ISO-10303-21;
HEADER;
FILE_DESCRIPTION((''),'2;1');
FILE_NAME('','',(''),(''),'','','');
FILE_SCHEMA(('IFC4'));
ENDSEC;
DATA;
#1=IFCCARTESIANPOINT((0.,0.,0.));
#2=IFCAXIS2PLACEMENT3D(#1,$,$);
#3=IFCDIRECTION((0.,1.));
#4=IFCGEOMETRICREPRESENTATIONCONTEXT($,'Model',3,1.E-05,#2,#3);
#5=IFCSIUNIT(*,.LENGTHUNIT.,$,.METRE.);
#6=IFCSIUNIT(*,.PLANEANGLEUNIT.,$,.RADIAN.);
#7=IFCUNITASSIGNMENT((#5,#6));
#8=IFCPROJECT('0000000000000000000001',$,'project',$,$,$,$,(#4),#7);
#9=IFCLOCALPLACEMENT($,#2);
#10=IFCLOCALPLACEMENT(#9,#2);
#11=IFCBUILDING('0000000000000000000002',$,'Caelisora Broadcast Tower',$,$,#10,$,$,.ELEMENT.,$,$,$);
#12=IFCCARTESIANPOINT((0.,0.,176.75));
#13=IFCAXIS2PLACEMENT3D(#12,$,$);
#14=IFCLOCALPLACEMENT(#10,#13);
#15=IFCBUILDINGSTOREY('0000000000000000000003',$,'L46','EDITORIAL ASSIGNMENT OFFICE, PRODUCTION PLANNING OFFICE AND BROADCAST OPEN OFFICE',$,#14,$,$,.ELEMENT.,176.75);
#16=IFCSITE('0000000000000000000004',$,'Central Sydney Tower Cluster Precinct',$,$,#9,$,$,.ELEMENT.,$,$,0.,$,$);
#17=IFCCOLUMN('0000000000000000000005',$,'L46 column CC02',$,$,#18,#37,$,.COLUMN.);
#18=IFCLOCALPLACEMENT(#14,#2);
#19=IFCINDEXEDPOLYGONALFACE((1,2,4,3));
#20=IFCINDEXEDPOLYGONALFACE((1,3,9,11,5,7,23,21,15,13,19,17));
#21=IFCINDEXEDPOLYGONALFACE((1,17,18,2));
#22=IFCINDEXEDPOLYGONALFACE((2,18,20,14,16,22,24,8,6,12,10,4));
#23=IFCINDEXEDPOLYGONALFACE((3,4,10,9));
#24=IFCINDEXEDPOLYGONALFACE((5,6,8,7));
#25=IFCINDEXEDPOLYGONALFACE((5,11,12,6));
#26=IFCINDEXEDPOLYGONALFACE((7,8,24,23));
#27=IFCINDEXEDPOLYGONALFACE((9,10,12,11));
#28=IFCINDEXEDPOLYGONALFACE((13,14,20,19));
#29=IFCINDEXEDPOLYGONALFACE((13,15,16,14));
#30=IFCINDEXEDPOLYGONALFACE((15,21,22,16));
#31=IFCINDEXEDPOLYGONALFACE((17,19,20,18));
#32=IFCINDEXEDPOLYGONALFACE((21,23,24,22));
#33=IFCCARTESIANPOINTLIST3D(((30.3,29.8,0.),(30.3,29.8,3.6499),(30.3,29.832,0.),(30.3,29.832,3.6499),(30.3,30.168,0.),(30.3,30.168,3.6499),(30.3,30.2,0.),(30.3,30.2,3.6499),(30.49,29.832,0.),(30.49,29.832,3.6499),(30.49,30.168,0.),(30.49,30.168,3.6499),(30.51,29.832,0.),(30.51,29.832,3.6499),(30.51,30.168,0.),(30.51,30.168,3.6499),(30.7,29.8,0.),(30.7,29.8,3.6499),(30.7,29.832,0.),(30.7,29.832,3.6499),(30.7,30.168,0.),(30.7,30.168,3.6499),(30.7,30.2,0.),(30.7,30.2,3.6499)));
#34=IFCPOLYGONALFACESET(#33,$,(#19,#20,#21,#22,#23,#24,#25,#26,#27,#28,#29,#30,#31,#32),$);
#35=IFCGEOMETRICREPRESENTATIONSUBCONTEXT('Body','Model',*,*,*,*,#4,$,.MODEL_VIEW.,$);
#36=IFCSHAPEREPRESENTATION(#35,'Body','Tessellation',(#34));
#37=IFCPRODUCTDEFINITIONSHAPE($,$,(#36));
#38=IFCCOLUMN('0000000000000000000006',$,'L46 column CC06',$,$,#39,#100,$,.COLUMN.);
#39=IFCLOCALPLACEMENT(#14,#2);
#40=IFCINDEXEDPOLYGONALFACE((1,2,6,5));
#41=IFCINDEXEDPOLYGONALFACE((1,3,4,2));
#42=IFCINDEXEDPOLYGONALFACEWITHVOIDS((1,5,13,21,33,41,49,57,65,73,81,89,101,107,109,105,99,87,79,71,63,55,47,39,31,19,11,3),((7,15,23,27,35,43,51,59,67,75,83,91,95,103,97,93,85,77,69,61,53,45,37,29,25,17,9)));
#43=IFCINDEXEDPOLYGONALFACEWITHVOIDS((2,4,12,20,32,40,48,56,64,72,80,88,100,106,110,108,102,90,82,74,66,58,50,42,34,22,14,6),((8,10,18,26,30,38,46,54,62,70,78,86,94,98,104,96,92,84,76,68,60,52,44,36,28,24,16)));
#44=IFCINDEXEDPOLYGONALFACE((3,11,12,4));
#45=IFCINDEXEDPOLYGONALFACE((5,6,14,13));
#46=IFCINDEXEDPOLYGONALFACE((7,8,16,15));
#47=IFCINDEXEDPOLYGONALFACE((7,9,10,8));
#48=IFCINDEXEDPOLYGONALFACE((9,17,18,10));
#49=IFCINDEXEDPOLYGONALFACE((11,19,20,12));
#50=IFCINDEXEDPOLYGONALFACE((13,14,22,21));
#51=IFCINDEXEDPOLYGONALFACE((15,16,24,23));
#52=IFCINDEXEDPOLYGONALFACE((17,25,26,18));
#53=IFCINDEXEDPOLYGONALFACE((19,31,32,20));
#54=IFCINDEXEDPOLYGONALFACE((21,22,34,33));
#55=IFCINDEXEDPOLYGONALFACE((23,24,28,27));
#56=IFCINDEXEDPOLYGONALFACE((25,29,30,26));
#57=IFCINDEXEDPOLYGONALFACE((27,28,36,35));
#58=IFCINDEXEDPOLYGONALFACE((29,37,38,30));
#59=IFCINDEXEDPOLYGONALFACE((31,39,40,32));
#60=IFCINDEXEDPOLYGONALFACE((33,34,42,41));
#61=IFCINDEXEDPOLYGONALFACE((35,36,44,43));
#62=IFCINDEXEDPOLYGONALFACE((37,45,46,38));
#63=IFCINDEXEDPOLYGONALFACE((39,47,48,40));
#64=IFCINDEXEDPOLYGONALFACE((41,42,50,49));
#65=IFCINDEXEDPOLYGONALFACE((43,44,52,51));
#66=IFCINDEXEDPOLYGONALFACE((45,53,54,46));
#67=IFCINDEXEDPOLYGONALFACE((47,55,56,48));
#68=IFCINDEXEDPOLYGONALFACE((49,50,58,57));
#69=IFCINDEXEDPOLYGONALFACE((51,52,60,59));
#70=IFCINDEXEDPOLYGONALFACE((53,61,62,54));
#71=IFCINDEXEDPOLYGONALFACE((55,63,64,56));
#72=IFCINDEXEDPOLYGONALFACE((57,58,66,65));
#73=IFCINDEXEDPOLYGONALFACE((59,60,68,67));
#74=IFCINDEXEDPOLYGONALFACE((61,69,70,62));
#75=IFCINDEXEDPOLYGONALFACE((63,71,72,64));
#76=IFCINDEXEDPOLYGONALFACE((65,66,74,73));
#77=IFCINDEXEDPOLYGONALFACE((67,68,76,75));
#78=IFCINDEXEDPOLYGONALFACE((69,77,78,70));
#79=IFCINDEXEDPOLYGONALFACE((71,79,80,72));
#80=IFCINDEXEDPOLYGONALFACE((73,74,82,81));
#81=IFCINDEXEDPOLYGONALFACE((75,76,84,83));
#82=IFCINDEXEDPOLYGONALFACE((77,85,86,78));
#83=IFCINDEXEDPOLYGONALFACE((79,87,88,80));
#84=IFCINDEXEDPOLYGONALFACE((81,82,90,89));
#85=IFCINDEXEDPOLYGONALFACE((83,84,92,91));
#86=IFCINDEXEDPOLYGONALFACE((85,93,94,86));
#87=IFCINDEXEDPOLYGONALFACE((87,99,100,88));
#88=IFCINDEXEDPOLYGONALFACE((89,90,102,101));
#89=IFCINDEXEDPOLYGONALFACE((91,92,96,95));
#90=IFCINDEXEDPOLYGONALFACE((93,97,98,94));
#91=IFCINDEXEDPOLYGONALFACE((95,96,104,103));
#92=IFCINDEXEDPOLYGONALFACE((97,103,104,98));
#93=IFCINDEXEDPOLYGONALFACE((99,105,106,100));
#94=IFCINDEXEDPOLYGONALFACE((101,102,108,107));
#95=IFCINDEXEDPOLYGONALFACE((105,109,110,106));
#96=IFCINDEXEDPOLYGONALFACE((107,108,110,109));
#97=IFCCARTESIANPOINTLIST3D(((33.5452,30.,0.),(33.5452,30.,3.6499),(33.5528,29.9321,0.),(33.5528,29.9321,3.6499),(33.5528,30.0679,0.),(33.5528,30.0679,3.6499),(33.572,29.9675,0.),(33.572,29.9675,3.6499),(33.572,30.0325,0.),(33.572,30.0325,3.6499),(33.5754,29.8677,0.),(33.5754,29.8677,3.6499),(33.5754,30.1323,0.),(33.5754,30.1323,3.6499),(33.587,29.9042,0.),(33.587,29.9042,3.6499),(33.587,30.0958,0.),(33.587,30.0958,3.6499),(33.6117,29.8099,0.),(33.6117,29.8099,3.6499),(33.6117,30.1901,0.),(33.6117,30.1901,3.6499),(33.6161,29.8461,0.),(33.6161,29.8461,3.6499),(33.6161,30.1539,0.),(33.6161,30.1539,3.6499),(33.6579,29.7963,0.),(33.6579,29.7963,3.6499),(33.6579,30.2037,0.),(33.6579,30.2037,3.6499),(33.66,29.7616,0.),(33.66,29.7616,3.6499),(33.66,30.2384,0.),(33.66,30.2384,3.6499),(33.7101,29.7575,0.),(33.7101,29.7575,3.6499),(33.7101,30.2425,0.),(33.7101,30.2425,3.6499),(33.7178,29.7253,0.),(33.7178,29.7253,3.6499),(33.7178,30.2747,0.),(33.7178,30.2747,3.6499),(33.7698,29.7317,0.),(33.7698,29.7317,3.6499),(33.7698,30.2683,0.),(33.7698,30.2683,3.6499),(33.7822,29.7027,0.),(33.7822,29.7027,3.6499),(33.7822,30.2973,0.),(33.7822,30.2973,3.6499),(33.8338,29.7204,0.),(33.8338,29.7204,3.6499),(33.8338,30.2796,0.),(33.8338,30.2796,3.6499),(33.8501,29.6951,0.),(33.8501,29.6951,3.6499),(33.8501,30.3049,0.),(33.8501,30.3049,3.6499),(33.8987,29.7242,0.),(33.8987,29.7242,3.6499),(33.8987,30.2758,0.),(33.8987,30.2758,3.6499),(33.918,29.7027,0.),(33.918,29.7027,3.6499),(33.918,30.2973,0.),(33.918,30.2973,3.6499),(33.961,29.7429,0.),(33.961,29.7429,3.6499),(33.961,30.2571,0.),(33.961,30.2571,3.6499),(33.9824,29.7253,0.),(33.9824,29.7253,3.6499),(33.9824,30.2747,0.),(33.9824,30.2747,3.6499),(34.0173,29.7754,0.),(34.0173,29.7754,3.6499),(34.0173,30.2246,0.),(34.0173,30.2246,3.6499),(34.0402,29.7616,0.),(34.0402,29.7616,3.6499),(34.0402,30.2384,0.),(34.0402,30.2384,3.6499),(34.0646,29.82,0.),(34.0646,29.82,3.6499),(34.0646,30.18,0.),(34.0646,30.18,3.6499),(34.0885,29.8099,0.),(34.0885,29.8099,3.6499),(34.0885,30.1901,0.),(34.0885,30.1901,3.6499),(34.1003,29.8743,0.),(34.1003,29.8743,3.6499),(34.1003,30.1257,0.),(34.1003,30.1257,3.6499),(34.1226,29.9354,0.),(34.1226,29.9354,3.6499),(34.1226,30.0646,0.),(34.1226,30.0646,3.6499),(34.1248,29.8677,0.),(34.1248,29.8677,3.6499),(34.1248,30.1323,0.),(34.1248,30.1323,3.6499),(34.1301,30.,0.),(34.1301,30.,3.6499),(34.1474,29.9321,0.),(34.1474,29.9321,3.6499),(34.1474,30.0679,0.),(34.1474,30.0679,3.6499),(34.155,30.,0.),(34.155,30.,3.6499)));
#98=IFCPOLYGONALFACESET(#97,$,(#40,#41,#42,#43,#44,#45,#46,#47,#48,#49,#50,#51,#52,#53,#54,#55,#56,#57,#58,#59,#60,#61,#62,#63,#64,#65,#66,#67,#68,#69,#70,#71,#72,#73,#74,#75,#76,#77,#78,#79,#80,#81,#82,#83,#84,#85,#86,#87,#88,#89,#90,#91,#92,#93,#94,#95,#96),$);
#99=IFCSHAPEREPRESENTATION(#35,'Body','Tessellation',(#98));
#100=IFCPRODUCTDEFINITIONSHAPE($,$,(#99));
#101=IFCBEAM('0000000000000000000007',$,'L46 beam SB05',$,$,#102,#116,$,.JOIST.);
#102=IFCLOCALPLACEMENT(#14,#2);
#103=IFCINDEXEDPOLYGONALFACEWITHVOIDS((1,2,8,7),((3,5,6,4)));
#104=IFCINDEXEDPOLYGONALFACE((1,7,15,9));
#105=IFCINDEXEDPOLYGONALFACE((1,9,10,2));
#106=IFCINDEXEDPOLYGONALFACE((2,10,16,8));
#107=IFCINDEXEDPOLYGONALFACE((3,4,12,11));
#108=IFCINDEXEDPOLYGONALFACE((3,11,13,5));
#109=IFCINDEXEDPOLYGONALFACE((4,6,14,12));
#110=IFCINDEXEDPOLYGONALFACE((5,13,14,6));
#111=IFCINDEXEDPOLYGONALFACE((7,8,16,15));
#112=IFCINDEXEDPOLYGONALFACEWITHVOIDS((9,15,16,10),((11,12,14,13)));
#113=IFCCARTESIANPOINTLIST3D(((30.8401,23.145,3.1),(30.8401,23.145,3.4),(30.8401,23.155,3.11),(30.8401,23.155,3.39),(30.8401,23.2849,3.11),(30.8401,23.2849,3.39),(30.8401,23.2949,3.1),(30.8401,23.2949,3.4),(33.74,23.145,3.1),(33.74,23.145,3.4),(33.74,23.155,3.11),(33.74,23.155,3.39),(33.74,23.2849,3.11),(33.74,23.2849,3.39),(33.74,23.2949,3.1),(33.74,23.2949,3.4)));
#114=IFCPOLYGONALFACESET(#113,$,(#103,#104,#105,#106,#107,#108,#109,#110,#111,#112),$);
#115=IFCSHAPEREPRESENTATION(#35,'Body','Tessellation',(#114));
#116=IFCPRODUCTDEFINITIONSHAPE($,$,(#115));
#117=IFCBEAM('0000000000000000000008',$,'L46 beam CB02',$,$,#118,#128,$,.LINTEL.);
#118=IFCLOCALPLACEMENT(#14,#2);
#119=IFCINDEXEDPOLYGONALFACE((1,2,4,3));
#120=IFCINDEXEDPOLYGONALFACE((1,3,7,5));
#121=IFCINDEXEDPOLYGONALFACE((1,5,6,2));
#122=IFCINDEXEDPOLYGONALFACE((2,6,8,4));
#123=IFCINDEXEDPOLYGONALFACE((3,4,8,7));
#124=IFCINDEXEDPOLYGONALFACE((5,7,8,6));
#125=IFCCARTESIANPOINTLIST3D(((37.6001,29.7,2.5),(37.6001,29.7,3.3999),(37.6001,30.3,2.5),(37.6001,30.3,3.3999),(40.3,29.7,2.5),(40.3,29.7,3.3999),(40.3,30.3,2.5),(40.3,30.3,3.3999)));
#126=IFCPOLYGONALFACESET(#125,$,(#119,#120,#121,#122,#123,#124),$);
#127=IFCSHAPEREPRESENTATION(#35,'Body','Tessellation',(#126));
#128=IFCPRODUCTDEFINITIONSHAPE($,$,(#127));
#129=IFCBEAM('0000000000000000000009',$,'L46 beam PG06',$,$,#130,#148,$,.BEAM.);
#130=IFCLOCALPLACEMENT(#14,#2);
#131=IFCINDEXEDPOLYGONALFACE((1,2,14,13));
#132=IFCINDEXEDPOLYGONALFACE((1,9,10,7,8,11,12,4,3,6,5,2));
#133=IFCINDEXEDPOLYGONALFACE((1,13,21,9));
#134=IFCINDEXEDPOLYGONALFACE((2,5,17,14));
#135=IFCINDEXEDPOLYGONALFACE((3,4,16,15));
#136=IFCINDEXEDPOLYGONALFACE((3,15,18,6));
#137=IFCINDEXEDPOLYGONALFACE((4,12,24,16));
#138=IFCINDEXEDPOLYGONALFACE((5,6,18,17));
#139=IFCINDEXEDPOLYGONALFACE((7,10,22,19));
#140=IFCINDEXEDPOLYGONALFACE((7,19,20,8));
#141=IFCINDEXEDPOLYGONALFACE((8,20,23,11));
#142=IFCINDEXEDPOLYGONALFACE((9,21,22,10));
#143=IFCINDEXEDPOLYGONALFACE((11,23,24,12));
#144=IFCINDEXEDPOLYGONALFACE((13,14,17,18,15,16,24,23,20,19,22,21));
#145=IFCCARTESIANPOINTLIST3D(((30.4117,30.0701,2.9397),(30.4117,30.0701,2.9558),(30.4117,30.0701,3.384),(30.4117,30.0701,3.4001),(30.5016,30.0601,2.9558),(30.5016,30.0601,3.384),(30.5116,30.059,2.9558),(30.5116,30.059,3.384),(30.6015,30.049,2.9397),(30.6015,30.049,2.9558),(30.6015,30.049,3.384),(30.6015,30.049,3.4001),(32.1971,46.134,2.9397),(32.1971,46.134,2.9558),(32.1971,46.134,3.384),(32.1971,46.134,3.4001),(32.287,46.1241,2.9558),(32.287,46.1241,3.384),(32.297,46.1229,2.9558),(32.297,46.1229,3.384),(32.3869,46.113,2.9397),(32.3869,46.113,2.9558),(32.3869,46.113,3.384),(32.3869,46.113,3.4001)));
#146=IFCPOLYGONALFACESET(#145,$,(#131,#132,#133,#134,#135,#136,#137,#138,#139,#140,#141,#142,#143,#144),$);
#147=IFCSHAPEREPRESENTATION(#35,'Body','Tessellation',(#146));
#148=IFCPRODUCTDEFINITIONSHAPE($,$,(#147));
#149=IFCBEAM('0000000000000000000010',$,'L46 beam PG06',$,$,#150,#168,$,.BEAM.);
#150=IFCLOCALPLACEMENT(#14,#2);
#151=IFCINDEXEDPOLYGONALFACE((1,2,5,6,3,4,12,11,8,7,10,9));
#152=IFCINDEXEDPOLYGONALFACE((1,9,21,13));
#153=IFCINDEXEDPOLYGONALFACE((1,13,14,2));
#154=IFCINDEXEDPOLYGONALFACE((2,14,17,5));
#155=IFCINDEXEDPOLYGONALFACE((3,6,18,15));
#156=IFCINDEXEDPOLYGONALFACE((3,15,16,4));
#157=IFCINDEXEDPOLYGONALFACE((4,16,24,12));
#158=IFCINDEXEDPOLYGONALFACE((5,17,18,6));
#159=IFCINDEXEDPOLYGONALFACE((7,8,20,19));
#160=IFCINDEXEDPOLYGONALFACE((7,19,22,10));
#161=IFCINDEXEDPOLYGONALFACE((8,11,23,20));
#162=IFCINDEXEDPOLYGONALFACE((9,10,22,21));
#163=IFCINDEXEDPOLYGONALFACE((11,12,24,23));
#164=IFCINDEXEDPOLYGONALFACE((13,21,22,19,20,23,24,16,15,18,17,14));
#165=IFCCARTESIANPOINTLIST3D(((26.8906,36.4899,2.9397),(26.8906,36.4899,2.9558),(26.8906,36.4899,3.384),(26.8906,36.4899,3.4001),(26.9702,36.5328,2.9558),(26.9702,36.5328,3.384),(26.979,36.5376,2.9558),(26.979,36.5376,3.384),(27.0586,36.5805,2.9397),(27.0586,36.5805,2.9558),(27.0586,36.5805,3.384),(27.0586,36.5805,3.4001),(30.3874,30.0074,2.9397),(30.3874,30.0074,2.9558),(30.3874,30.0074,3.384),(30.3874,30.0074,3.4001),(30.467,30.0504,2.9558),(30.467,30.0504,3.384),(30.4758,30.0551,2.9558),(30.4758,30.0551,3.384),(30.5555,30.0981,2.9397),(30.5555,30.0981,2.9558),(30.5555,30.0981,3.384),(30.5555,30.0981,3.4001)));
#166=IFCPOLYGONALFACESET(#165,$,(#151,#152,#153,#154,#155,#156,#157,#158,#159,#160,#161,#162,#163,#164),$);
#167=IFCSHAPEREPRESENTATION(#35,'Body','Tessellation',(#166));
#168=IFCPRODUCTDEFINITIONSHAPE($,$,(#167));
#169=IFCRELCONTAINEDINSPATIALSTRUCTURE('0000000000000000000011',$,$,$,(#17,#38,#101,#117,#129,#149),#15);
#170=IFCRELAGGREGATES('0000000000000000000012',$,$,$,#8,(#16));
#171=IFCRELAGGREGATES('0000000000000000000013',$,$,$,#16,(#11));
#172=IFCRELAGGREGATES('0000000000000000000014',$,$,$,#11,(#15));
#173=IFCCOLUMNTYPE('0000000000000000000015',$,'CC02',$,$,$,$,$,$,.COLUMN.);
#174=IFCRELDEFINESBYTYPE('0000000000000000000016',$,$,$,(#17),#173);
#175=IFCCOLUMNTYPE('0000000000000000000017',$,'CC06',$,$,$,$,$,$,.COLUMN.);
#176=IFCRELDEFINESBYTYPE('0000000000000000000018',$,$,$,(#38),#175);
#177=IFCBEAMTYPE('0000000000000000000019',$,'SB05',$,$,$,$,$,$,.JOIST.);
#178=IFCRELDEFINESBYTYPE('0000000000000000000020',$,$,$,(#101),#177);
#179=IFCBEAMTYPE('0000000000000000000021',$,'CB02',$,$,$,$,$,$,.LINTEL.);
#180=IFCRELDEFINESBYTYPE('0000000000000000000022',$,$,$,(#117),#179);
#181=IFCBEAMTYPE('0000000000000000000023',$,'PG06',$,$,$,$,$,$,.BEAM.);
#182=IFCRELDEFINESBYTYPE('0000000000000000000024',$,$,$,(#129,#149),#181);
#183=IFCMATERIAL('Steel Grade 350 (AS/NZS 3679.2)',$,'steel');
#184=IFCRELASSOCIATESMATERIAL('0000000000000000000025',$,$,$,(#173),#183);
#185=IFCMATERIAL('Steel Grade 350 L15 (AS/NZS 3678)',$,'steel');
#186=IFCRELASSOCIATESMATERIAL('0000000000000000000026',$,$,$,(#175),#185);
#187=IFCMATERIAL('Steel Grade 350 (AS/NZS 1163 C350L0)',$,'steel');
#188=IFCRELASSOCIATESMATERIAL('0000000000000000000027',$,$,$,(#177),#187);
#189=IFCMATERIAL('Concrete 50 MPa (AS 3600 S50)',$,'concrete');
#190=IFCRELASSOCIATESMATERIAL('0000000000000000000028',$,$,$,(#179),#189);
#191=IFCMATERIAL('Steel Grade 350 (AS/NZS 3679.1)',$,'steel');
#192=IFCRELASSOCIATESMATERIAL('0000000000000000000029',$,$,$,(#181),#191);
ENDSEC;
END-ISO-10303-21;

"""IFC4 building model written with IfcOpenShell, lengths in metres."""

from ifc_helpers import new_model, si_unit, direction, frame, origin, origin_2d, place, context, subcontext, project, spatial, rectangle, hollow_rectangle, hollow_circle, i_section, extrude, source, transform, mapped, material, material_profile, profile_set, type_object, type_shapes, element, save


model = new_model("IFC4")

# Units and contexts
model_context = context("Model", 3, precision=1e-05, world=origin(), true_north=direction((0.0, 1.0)))
body_context = subcontext(model_context, "Body", "Model", "MODEL_VIEW")
ifc_project = project(units=[si_unit("LENGTHUNIT", "METRE"), si_unit("PLANEANGLEUNIT", "RADIAN")], contexts=[model_context])

# Site, building, storey
site_placement = place(None, origin())
site = spatial("IfcSite", under=ifc_project, at=site_placement, Name="Central Sydney Tower Cluster Precinct", CompositionType="ELEMENT", RefElevation=0.0)
building_placement = place(site_placement, origin())
building = spatial("IfcBuilding", under=site, at=building_placement, Name="Caelisora Broadcast Tower", CompositionType="ELEMENT")
storey_placement = place(building_placement, frame((0.0, 0.0, 176.75)))
storey = spatial("IfcBuildingStorey", under=building, at=storey_placement, Name="L46", Description="EDITORIAL ASSIGNMENT OFFICE, PRODUCTION PLANNING OFFICE AND BROADCAST OPEN OFFICE", CompositionType="ELEMENT", Elevation=176.75)

# Columns
ifc_material_1 = material(Name="Steel Grade 350 (AS/NZS 3679.2)", Category="steel")
ifc_material_profile_1 = material_profile(ifc_material_1, i_section(OverallWidth=0.3999, OverallDepth=0.3999, WebThickness=0.02, FlangeThickness=0.032, at=origin_2d()), Name="Steel Grade 350 (AS/NZS 3679.2)")
ifc_profile_set_1 = profile_set([ifc_material_profile_1], Name="Steel Grade 350 (AS/NZS 3679.2)")
column_type_1 = type_object("IfcColumnType", Name="CC02", PredefinedType="COLUMN", material=ifc_profile_set_1)
shared_shape_1 = source(origin(), body_context, "Body", "SweptSolid", [
    extrude(i_section(OverallWidth=0.3999, OverallDepth=0.3999, WebThickness=0.02, FlangeThickness=0.032, at=origin_2d()), origin(), (0.0, 0.0, 1.0), 3.6499),
])
type_shapes(column_type_1, [shared_shape_1])
column_1_placement = place(storey_placement, frame((30.5, 30.0, 0.0), z_axis=(0.0, 0.0, 1.0), x_axis=(1.0, 0.0, 0.0)))
element("IfcColumn", 1, at=column_1_placement, inside=storey, type_object=column_type_1, Name="L46 column CC02", PredefinedType="COLUMN", context=body_context, shape_type="MappedRepresentation", body=[
    mapped(shared_shape_1, transform((0.0, 0.0, 0.0), scale=1.0)),
])
ifc_material_2 = material(Name="Steel Grade 350 L15 (AS/NZS 3678)", Category="steel")
ifc_material_profile_2 = material_profile(ifc_material_2, hollow_circle(Radius=0.3049, WallThickness=0.0249, at=origin_2d()), Name="Steel Grade 350 L15 (AS/NZS 3678)")
ifc_profile_set_2 = profile_set([ifc_material_profile_2], Name="Steel Grade 350 L15 (AS/NZS 3678)")
column_type_2 = type_object("IfcColumnType", Name="CC06", PredefinedType="COLUMN", material=ifc_profile_set_2)
shared_shape_2 = source(origin(), body_context, "Body", "SweptSolid", [
    extrude(hollow_circle(Radius=0.3049, WallThickness=0.0249, at=origin_2d()), origin(), (0.0, 0.0, 1.0), 3.6499),
])
type_shapes(column_type_2, [shared_shape_2])
column_2_placement = place(storey_placement, frame((33.8501, 30.0, 0.0), z_axis=(0.0, 0.0, 1.0), x_axis=(1.0, 0.0, 0.0)))
element("IfcColumn", 2, at=column_2_placement, inside=storey, type_object=column_type_2, Name="L46 column CC06", PredefinedType="COLUMN", context=body_context, shape_type="MappedRepresentation", body=[
    mapped(shared_shape_2, transform((0.0, 0.0, 0.0), scale=1.0)),
])

# Beams
ifc_material_3 = material(Name="Steel Grade 350 (AS/NZS 1163 C350L0)", Category="steel")
ifc_material_profile_3 = material_profile(ifc_material_3, hollow_rectangle(XDim=0.1499, YDim=0.3, WallThickness=0.01, at=origin_2d()), Name="Steel Grade 350 (AS/NZS 1163 C350L0)")
ifc_profile_set_3 = profile_set([ifc_material_profile_3], Name="Steel Grade 350 (AS/NZS 1163 C350L0)")
beam_type_1 = type_object("IfcBeamType", Name="SB05", PredefinedType="JOIST", material=ifc_profile_set_3)
shared_shape_3 = source(origin(), body_context, "Body", "SweptSolid", [
    extrude(hollow_rectangle(XDim=0.1499, YDim=0.3, WallThickness=0.01, at=origin_2d()), origin(), (0.0, 0.0, 1.0), 2.8999),
])
type_shapes(beam_type_1, [shared_shape_3])
beam_1_placement = place(storey_placement, frame((30.8401, 23.22, 3.25), z_axis=(1.0, 0.0, 0.0), x_axis=(0.0, 1.0, 0.0)))
element("IfcBeam", 3, at=beam_1_placement, inside=storey, type_object=beam_type_1, Name="L46 beam SB05", PredefinedType="JOIST", context=body_context, shape_type="MappedRepresentation", body=[
    mapped(shared_shape_3, transform((0.0, 0.0, 0.0), scale=1.0)),
])
ifc_material_4 = material(Name="Concrete 50 MPa (AS 3600 S50)", Category="concrete")
ifc_material_profile_4 = material_profile(ifc_material_4, rectangle(XDim=0.6001, YDim=0.8999, at=origin_2d()), Name="Concrete 50 MPa (AS 3600 S50)")
ifc_profile_set_4 = profile_set([ifc_material_profile_4], Name="Concrete 50 MPa (AS 3600 S50)")
beam_type_2 = type_object("IfcBeamType", Name="CB02", PredefinedType="LINTEL", material=ifc_profile_set_4)
shared_shape_4 = source(origin(), body_context, "Body", "SweptSolid", [
    extrude(rectangle(XDim=0.6001, YDim=0.8999, at=origin_2d()), origin(), (0.0, 0.0, 1.0), 2.7),
])
type_shapes(beam_type_2, [shared_shape_4])
beam_2_placement = place(storey_placement, frame((37.6001, 30.0, 2.95), z_axis=(1.0, 0.0, 0.0), x_axis=(0.0, 1.0, 0.0)))
element("IfcBeam", 4, at=beam_2_placement, inside=storey, type_object=beam_type_2, Name="L46 beam CB02", PredefinedType="LINTEL", context=body_context, shape_type="MappedRepresentation", body=[
    mapped(shared_shape_4, transform((0.0, 0.0, 0.0), scale=1.0)),
])
ifc_material_5 = material(Name="Steel Grade 350 (AS/NZS 3679.1)", Category="steel")
ifc_material_profile_5 = material_profile(ifc_material_5, i_section(OverallWidth=0.1909, OverallDepth=0.4604, WebThickness=0.01, FlangeThickness=0.0161, at=origin_2d()), Name="Steel Grade 350 (AS/NZS 3679.1)")
ifc_profile_set_5 = profile_set([ifc_material_profile_5], Name="Steel Grade 350 (AS/NZS 3679.1)")
beam_type_3 = type_object("IfcBeamType", Name="PG06", PredefinedType="BEAM", material=ifc_profile_set_5)
shared_shape_5 = source(origin(), body_context, "Body", "SweptSolid", [
    extrude(i_section(OverallWidth=0.1909, OverallDepth=0.4604, WebThickness=0.01, FlangeThickness=0.0161, at=origin_2d()), origin(), (0.0, 0.0, 1.0), 16.1628),
])
beam_3_placement = place(storey_placement, frame((30.5066, 30.0596, 3.1699), z_axis=(0.110463, 0.99388, 0.0), x_axis=(-0.99388, 0.110463, 0.0)))
element("IfcBeam", 5, at=beam_3_placement, inside=storey, type_object=beam_type_3, Name="L46 beam PG06", PredefinedType="BEAM", context=body_context, shape_type="MappedRepresentation", body=[
    mapped(shared_shape_5, transform((0.0, 0.0, 0.0), scale=1.0)),
])
shared_shape_6 = source(origin(), body_context, "Body", "SweptSolid", [
    extrude(i_section(OverallWidth=0.1909, OverallDepth=0.4604, WebThickness=0.01, FlangeThickness=0.0161, at=origin_2d()), origin(), (0.0, 0.0, 1.0), 7.3655),
])
beam_4_placement = place(storey_placement, frame((30.4714, 30.0527, 3.1699), z_axis=(-0.474762, 0.880114, 0.0), x_axis=(-0.880114, -0.474762, 0.0)))
element("IfcBeam", 6, at=beam_4_placement, inside=storey, type_object=beam_type_3, Name="L46 beam PG06", PredefinedType="BEAM", context=body_context, shape_type="MappedRepresentation", body=[
    mapped(shared_shape_6, transform((0.0, 0.0, 0.0), scale=1.0)),
])

save(model, "model.ifc")
